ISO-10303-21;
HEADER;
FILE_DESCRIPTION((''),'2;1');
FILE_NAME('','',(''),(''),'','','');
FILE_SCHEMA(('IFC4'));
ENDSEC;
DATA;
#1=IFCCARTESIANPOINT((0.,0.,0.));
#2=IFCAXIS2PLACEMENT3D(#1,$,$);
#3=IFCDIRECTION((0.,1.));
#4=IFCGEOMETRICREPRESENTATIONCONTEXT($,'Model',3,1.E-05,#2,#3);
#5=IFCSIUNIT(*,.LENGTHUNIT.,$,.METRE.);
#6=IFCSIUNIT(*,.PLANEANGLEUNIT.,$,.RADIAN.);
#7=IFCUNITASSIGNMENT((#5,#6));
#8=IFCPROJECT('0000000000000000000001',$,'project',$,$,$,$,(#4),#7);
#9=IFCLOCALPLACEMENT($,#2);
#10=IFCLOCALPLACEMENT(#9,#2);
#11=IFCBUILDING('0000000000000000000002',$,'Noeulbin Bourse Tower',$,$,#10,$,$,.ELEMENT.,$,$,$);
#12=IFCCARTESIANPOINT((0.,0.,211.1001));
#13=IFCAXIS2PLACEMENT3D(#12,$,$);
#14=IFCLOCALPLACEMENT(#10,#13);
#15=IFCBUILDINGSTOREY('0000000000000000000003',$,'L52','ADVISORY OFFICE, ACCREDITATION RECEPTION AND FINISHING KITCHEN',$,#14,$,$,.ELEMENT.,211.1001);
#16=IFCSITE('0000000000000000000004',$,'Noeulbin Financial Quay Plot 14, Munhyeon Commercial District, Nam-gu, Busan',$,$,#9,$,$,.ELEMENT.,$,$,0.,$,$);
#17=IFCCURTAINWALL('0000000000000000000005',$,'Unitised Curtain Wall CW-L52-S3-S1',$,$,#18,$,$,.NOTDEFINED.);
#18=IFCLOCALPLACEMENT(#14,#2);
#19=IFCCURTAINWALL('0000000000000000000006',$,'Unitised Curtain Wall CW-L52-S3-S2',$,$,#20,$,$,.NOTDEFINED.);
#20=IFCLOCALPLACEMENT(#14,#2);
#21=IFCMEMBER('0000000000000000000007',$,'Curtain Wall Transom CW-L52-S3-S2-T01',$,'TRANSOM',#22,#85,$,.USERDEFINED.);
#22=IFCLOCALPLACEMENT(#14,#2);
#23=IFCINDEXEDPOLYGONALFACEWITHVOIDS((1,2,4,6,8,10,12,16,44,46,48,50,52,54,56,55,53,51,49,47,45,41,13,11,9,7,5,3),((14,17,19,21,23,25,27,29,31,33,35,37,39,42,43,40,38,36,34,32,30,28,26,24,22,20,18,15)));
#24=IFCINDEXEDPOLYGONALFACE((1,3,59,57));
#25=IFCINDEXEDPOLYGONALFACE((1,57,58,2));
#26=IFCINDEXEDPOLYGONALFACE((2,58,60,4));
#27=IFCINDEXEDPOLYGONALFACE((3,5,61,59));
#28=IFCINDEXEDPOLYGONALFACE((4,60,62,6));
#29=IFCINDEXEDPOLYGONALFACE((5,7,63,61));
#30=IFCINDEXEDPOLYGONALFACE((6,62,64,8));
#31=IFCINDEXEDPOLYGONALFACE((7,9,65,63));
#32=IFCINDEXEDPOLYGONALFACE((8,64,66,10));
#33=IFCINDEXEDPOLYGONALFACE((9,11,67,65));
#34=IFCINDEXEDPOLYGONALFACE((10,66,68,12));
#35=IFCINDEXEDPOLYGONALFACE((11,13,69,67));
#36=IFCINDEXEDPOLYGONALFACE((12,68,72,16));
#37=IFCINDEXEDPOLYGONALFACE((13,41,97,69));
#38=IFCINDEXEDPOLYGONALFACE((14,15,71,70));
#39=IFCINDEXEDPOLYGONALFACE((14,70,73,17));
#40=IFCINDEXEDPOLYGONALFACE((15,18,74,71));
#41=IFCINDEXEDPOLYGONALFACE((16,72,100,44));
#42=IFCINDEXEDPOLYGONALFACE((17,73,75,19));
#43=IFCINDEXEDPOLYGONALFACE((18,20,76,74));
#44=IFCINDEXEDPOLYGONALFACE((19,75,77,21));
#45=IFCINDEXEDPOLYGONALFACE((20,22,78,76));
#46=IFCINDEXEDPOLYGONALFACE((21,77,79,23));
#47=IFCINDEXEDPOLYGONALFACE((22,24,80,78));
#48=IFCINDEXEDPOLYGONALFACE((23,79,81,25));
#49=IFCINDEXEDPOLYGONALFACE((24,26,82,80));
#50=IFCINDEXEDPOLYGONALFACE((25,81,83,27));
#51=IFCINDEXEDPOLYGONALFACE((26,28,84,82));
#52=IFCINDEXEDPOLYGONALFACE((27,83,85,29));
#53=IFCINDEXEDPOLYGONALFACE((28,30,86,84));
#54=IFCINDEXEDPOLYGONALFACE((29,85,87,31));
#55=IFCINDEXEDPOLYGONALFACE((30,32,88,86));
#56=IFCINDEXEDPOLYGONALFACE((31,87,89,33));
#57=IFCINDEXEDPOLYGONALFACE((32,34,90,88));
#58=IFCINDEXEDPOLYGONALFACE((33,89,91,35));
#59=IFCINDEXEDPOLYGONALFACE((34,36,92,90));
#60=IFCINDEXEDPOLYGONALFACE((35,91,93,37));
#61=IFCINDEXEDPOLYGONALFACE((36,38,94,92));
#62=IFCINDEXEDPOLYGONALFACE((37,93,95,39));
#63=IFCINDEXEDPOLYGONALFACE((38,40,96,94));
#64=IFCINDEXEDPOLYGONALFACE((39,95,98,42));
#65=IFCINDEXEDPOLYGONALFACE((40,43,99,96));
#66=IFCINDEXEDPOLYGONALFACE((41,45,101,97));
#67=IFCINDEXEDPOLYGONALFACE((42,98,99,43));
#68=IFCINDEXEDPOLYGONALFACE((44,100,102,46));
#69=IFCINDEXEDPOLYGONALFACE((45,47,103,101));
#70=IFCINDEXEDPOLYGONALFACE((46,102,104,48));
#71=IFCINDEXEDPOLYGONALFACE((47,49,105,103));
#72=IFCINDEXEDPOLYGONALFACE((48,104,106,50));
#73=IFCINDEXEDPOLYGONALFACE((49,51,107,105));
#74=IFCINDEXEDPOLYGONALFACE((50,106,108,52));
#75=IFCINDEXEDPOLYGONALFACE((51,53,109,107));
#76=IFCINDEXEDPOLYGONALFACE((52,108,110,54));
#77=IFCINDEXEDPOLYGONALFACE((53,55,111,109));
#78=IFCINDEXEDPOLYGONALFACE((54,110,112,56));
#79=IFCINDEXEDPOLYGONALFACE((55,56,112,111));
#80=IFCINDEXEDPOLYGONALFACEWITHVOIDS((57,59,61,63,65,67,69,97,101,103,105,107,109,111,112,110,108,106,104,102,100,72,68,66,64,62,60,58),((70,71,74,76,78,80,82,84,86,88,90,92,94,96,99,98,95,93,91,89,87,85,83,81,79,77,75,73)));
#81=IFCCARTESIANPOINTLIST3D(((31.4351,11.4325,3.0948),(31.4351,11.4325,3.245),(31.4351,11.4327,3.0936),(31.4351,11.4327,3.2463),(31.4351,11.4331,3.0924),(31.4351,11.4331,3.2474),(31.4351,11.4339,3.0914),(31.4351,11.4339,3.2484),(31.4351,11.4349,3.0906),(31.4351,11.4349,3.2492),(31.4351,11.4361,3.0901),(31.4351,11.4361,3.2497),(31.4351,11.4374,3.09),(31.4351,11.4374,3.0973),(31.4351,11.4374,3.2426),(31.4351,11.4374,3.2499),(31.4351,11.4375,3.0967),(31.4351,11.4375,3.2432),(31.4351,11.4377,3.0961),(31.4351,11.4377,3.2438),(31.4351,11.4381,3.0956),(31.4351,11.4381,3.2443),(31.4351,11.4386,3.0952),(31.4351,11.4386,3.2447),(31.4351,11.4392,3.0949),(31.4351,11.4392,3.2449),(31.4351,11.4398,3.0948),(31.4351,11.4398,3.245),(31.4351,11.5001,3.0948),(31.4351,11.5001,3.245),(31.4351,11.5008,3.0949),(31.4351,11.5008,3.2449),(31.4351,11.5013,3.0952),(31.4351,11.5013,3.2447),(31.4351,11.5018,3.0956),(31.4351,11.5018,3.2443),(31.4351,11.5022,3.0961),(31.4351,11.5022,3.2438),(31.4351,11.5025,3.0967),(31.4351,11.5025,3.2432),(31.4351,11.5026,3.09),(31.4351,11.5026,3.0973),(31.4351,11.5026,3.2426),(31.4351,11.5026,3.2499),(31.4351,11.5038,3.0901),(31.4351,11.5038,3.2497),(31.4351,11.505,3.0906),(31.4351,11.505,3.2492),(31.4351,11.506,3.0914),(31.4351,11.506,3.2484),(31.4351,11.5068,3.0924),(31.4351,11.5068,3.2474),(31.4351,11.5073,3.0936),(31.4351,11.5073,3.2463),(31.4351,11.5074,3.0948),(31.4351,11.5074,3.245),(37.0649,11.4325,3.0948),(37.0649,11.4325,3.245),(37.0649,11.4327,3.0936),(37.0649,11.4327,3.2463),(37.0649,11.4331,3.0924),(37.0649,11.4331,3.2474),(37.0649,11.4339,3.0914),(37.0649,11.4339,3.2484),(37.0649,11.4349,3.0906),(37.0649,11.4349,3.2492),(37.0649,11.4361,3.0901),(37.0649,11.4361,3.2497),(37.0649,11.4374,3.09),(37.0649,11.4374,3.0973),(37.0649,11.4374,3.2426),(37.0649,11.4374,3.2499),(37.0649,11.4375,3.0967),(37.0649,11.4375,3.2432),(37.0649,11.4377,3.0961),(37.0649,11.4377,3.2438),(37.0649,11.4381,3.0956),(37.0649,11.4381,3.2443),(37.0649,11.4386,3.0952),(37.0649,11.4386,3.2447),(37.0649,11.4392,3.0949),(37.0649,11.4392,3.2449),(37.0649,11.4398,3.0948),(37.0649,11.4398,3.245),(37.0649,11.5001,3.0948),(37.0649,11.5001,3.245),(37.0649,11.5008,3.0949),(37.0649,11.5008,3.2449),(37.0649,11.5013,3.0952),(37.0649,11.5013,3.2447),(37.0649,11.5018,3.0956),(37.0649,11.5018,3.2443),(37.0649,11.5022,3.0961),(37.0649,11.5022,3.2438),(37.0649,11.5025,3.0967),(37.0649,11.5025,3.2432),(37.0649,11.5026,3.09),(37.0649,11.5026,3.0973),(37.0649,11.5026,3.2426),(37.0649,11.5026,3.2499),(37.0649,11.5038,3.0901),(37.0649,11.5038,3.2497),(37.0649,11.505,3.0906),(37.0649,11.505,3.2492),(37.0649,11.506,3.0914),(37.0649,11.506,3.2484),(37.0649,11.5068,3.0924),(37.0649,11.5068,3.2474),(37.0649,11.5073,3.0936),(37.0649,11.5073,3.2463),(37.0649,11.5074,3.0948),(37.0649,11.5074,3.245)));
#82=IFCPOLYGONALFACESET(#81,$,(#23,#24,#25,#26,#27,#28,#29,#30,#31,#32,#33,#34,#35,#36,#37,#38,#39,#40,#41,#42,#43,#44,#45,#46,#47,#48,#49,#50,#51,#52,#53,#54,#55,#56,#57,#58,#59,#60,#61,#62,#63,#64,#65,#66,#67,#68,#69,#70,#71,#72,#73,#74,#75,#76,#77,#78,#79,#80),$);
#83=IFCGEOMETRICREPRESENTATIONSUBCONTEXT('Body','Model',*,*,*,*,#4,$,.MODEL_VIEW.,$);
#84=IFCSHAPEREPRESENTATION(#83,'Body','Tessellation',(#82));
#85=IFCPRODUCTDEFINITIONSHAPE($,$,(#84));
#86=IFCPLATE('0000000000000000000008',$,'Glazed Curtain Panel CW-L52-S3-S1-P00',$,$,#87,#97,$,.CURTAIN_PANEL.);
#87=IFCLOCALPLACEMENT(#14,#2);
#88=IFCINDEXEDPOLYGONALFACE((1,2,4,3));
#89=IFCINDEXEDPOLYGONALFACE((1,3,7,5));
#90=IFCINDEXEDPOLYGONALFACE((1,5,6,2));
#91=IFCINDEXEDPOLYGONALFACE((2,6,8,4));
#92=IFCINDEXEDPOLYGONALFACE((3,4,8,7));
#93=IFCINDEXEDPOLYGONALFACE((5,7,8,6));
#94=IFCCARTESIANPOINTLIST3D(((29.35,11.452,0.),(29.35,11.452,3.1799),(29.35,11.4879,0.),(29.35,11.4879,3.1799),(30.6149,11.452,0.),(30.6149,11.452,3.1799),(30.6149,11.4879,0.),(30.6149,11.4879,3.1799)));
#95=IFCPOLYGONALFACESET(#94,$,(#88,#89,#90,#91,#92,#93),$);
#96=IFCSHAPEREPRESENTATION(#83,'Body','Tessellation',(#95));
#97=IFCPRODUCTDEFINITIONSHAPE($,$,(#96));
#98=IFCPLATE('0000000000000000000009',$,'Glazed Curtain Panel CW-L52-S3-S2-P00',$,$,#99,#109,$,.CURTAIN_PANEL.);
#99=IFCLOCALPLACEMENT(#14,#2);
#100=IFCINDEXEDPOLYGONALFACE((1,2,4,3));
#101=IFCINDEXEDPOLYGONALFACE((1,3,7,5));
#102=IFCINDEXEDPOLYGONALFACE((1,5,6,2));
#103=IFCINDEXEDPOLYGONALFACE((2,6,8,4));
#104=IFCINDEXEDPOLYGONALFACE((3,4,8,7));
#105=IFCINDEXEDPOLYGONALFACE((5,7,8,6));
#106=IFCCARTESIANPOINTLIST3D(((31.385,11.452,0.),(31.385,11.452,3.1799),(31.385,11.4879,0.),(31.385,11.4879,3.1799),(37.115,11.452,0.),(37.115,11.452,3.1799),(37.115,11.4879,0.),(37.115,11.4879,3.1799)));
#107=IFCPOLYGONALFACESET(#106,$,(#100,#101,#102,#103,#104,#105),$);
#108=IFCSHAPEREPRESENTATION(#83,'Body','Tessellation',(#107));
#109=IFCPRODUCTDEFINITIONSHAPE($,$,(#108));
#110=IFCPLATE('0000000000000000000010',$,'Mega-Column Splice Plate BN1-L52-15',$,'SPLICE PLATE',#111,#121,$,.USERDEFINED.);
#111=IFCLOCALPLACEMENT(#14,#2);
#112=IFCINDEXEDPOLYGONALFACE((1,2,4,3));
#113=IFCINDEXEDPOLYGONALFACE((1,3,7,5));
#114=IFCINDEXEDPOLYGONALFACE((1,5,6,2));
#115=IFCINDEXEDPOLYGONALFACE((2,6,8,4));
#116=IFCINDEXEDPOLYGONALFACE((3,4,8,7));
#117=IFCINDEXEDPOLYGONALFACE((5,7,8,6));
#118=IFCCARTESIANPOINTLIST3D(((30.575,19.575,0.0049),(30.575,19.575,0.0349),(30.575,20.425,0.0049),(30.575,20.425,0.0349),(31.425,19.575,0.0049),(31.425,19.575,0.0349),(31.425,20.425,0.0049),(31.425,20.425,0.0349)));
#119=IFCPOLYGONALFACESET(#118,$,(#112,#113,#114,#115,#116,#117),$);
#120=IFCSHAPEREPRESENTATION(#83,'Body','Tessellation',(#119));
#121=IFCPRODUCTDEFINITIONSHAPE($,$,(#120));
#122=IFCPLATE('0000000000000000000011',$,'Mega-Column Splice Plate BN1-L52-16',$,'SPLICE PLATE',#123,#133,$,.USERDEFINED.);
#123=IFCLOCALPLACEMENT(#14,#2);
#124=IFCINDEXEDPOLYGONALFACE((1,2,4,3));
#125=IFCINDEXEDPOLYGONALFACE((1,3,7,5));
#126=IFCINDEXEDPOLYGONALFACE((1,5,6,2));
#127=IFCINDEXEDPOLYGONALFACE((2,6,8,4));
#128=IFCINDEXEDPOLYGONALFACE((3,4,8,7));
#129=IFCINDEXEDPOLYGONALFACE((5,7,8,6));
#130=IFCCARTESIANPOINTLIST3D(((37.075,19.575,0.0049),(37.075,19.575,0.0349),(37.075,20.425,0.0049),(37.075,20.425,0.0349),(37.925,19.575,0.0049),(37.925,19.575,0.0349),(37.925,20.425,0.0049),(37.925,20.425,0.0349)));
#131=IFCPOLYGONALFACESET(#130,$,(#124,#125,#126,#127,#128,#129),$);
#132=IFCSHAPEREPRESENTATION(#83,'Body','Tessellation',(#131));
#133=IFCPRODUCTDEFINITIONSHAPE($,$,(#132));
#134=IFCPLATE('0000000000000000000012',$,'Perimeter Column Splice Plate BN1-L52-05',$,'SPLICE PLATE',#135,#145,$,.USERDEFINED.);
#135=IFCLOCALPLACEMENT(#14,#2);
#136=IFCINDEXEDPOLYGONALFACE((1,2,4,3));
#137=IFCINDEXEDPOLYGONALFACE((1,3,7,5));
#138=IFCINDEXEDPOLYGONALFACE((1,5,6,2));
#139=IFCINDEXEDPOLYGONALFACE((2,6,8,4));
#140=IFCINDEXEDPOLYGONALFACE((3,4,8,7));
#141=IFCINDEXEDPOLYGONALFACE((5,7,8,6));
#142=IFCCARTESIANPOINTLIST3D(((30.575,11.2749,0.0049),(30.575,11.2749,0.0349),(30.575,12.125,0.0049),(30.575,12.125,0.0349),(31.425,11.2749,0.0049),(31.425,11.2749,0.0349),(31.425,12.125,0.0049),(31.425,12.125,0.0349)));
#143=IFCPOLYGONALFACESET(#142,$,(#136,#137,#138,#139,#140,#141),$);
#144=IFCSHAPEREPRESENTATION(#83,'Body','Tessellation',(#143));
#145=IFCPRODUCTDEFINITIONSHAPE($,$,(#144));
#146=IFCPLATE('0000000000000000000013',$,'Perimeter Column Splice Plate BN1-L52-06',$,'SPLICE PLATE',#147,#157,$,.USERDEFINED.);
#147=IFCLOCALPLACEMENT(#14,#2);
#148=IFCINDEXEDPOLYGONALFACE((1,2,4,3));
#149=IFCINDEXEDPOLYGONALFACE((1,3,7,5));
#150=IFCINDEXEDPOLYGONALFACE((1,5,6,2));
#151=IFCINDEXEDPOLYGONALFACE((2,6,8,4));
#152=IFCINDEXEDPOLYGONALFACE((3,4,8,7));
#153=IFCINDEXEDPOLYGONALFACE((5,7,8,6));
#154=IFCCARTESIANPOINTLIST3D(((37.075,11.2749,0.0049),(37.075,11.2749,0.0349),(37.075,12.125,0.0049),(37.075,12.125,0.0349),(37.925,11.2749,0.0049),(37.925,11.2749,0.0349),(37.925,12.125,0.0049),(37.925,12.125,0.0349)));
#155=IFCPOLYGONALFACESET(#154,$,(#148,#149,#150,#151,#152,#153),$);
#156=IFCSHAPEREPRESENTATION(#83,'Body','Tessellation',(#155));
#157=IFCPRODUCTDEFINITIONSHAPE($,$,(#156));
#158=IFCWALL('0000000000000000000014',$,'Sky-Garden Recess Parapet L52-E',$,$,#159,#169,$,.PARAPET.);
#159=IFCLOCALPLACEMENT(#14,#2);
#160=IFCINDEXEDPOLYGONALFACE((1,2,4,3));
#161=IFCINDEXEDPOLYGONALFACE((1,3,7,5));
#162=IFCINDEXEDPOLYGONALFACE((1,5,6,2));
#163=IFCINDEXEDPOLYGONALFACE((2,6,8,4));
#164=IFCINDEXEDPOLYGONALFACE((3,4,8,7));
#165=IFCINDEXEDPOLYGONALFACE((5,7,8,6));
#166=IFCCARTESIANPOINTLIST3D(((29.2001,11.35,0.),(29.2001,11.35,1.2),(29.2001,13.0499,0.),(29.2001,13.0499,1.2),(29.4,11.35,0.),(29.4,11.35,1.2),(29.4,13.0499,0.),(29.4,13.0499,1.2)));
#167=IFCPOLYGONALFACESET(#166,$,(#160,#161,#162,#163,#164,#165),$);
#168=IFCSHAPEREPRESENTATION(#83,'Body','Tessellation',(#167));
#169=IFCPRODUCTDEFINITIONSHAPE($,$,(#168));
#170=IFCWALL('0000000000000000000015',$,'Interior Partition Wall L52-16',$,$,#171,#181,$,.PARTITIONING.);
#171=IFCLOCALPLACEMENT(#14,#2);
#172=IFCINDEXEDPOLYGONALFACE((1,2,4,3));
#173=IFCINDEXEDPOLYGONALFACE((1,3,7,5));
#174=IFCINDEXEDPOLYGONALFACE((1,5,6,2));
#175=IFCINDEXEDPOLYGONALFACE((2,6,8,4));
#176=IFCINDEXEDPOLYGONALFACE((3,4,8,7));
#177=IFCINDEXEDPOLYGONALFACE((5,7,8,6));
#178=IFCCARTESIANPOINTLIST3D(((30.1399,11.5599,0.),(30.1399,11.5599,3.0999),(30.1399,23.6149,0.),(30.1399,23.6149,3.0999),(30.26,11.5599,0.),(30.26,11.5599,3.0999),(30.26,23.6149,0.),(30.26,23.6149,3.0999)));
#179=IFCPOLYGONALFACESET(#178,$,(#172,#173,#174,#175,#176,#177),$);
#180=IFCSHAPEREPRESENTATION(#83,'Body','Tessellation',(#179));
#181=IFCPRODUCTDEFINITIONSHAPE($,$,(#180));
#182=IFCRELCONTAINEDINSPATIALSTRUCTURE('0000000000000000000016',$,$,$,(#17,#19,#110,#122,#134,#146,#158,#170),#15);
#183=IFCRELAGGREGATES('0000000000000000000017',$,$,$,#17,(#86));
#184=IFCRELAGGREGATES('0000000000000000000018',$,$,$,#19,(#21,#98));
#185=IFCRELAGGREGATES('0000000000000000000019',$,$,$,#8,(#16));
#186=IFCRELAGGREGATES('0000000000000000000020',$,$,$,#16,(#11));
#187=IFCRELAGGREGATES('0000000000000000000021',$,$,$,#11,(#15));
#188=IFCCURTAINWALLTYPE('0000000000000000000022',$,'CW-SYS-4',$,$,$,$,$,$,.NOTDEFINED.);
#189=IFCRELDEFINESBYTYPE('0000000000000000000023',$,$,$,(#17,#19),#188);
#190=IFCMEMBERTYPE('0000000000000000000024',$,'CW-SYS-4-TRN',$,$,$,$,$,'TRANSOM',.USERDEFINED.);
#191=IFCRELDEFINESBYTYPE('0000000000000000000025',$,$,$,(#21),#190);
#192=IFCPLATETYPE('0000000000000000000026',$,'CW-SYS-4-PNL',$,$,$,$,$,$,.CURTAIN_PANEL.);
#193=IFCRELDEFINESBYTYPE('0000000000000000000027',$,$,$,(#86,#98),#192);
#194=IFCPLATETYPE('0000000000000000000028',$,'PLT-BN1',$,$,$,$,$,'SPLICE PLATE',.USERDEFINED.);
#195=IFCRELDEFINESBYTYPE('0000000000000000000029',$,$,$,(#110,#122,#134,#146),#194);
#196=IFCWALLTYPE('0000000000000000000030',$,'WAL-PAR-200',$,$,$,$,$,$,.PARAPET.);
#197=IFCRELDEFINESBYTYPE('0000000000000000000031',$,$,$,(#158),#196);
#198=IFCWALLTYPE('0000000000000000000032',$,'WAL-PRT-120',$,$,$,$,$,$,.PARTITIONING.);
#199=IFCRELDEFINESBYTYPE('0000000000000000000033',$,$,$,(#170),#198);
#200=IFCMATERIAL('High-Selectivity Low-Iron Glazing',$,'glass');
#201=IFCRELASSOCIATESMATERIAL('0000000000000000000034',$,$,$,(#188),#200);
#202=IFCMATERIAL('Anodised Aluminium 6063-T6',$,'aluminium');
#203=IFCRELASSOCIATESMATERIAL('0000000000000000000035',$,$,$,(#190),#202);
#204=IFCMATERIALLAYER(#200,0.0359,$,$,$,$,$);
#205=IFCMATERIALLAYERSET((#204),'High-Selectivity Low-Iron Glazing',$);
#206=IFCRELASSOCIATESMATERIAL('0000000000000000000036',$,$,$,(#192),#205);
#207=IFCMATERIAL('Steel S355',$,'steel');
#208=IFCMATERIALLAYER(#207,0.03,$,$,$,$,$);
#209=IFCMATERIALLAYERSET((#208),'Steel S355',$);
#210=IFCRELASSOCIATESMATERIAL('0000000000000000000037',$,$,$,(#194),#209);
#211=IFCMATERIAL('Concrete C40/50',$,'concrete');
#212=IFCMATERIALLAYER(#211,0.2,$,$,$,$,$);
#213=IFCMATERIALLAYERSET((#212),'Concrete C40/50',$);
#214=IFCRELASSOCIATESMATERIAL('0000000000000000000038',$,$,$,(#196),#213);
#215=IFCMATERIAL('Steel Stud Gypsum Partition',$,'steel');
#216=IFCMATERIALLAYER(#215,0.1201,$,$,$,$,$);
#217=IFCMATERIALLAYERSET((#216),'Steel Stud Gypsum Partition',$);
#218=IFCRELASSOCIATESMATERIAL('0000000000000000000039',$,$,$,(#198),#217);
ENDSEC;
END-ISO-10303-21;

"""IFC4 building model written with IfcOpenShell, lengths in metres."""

from ifc_helpers import new_model, si_unit, direction, frame, frame_2d, origin, origin_2d, place, context, subcontext, project, spatial, rectangle, hollow_rectangle, extrude, material, layer, layer_set, material_profile, profile_set, type_object, element, aggregate, save


model = new_model("IFC4")

# Units and contexts
model_context = context("Model", 3, precision=1e-05, world=origin(), true_north=direction((0.0, 1.0)))
body_context = subcontext(model_context, "Body", "Model", "MODEL_VIEW")
ifc_project = project(units=[si_unit("LENGTHUNIT", "METRE"), si_unit("PLANEANGLEUNIT", "RADIAN")], contexts=[model_context])

# Site, building, storey
site_placement = place(None, origin())
site = spatial("IfcSite", under=ifc_project, at=site_placement, Name="Noeulbin Financial Quay Plot 14, Munhyeon Commercial District, Nam-gu, Busan", CompositionType="ELEMENT", RefElevation=0.0)
building_placement = place(site_placement, origin())
building = spatial("IfcBuilding", under=site, at=building_placement, Name="Noeulbin Bourse Tower", CompositionType="ELEMENT")
storey_placement = place(building_placement, frame((0.0, 0.0, 211.1001)))
storey = spatial("IfcBuildingStorey", under=building, at=storey_placement, Name="L52", Description="ADVISORY OFFICE, ACCREDITATION RECEPTION AND FINISHING KITCHEN", CompositionType="ELEMENT", Elevation=211.1001)

# Shared definitions
ifc_material_1 = material(Name="Steel S355", Category="steel")

# Curtain walls
ifc_material_2 = material(Name="High-Selectivity Low-Iron Glazing", Category="glass")
curtain_wall_type = type_object("IfcCurtainWallType", Name="CW-SYS-4", PredefinedType="NOTDEFINED", material=ifc_material_2)
curtain_wall_1_placement = place(storey_placement, origin())
curtain_wall_1 = element("IfcCurtainWall", 1, at=curtain_wall_1_placement, inside=storey, type_object=curtain_wall_type, Name="Unitised Curtain Wall CW-L52-S3-S1", PredefinedType="NOTDEFINED")
ifc_material_3 = material(Name="Anodised Aluminium 6063-T6", Category="aluminium")
curtain_wall_2_placement = place(storey_placement, origin())
curtain_wall_2 = element("IfcCurtainWall", 2, at=curtain_wall_2_placement, inside=storey, type_object=curtain_wall_type, Name="Unitised Curtain Wall CW-L52-S3-S2", PredefinedType="NOTDEFINED")

# Member
ifc_material_profile_1 = material_profile(ifc_material_3, hollow_rectangle(XDim=0.075, YDim=0.1599, WallThickness=0.0049, InnerFilletRadius=0.0024, OuterFilletRadius=0.0049, at=origin_2d()), Name="ALU-TRAN-75x160x5", Category="LoadBearing")
ifc_profile_set_1 = profile_set([ifc_material_profile_1], Name="Anodised Aluminium 6063-T6")
member_type_1 = type_object("IfcMemberType", Name="CW-SYS-4-TRN", ElementType="TRANSOM", PredefinedType="USERDEFINED", material=ifc_profile_set_1)
member_1_placement = place(storey_placement, frame((31.4351, 11.47, 3.1699), z_axis=(1.0, 0.0, 0.0), x_axis=(0.0, 1.0, 0.0)))
member_1 = element("IfcMember", 3, at=member_1_placement, type_object=member_type_1, Name="Curtain Wall Transom CW-L52-S3-S2-T01", ObjectType="TRANSOM", PredefinedType="USERDEFINED", context=body_context, shape_type="SweptSolid", body=[
    extrude(hollow_rectangle(XDim=0.075, YDim=0.1599, WallThickness=0.0049, InnerFilletRadius=0.0024, OuterFilletRadius=0.0049, at=origin_2d()), origin(), (0.0, 0.0, 1.0), 5.6299),
])

# Plates
ifc_layer_1 = layer(ifc_material_2, 0.0359)
ifc_layer_set_1 = layer_set([ifc_layer_1], Name="High-Selectivity Low-Iron Glazing")
plate_type_1 = type_object("IfcPlateType", Name="CW-SYS-4-PNL", PredefinedType="CURTAIN_PANEL", material=ifc_layer_set_1)
plate_1_placement = place(storey_placement, frame((29.9824, 11.47, 0.0), z_axis=(0.0, 0.0, 1.0), x_axis=(1.0, 0.0, 0.0)))
plate_1 = element("IfcPlate", 4, at=plate_1_placement, type_object=plate_type_1, Name="Glazed Curtain Panel CW-L52-S3-S1-P00", PredefinedType="CURTAIN_PANEL", context=body_context, shape_type="SweptSolid", body=[
    extrude(rectangle(XDim=1.2649, YDim=0.0359, at=origin_2d()), origin(), (0.0, 0.0, 1.0), 3.1799),
])
aggregate(curtain_wall_1, [plate_1])
plate_2_placement = place(storey_placement, frame((34.25, 11.47, 0.0), z_axis=(0.0, 0.0, 1.0), x_axis=(1.0, 0.0, 0.0)))
plate_2 = element("IfcPlate", 5, at=plate_2_placement, type_object=plate_type_1, Name="Glazed Curtain Panel CW-L52-S3-S2-P00", PredefinedType="CURTAIN_PANEL", context=body_context, shape_type="SweptSolid", body=[
    extrude(rectangle(XDim=5.73, YDim=0.0359, at=origin_2d()), origin(), (0.0, 0.0, 1.0), 3.1799),
])
aggregate(curtain_wall_2, [member_1, plate_2])

# Plates
ifc_layer_2 = layer(ifc_material_1, 0.03)
ifc_layer_set_2 = layer_set([ifc_layer_2], Name="Steel S355")
plate_type_2 = type_object("IfcPlateType", Name="PLT-BN1", ElementType="SPLICE PLATE", PredefinedType="USERDEFINED", material=ifc_layer_set_2)
for number, where, z_axis, x_axis, name in (
    (6, (31.0, 20.0, 0.0049), (0.0, 0.0, 1.0), (1.0, 0.0, 0.0), "Mega-Column Splice Plate BN1-L52-15"),
    (7, (37.5, 20.0, 0.0049), (0.0, 0.0, 1.0), (1.0, 0.0, 0.0), "Mega-Column Splice Plate BN1-L52-16"),
    (8, (31.0, 11.7, 0.0049), (0.0, 0.0, 1.0), (1.0, 0.0, 0.0), "Perimeter Column Splice Plate BN1-L52-05"),
    (9, (37.5, 11.7, 0.0049), (0.0, 0.0, 1.0), (1.0, 0.0, 0.0), "Perimeter Column Splice Plate BN1-L52-06"),
):
    element("IfcPlate", number, at=place(storey_placement, frame(where, z_axis=z_axis, x_axis=x_axis)), inside=storey, type_object=plate_type_2, Name=name, ObjectType="SPLICE PLATE", PredefinedType="USERDEFINED", context=body_context, shape_type="SweptSolid", body=[
        extrude(rectangle(XDim=0.8501, YDim=0.8501, at=origin_2d()), origin(), (0.0, 0.0, 1.0), 0.03),
    ])

# Walls
ifc_material_4 = material(Name="Concrete C40/50", Category="concrete")
ifc_layer_3 = layer(ifc_material_4, 0.2)
ifc_layer_set_3 = layer_set([ifc_layer_3], Name="Concrete C40/50")
wall_type_1 = type_object("IfcWallType", Name="WAL-PAR-200", PredefinedType="PARAPET", material=ifc_layer_set_3)
wall_1_placement = place(storey_placement, frame((29.3, 13.05, 0.0), z_axis=(0.0, 0.0, 1.0), x_axis=(0.0, -1.0, 0.0)))
element("IfcWall", 10, at=wall_1_placement, inside=storey, type_object=wall_type_1, Name="Sky-Garden Recess Parapet L52-E", PredefinedType="PARAPET", context=body_context, shape_type="SweptSolid", body=[
    extrude(rectangle(XDim=1.7, YDim=0.2, at=frame_2d((0.8501, 0.0))), origin(), (0.0, 0.0, 1.0), 1.2),
])
ifc_material_5 = material(Name="Steel Stud Gypsum Partition", Category="steel")
ifc_layer_4 = layer(ifc_material_5, 0.1201)
ifc_layer_set_4 = layer_set([ifc_layer_4], Name="Steel Stud Gypsum Partition")
wall_type_2 = type_object("IfcWallType", Name="WAL-PRT-120", PredefinedType="PARTITIONING", material=ifc_layer_set_4)
wall_2_placement = place(storey_placement, frame((30.2, 11.5601, 0.0), z_axis=(0.0, 0.0, 1.0), x_axis=(0.0, 1.0, 0.0)))
element("IfcWall", 11, at=wall_2_placement, inside=storey, type_object=wall_type_2, Name="Interior Partition Wall L52-16", PredefinedType="PARTITIONING", context=body_context, shape_type="SweptSolid", body=[
    extrude(rectangle(XDim=12.0549, YDim=0.1201, at=frame_2d((6.0273, 0.0))), origin(), (0.0, 0.0, 1.0), 3.0999),
])

save(model, "model.ifc")
